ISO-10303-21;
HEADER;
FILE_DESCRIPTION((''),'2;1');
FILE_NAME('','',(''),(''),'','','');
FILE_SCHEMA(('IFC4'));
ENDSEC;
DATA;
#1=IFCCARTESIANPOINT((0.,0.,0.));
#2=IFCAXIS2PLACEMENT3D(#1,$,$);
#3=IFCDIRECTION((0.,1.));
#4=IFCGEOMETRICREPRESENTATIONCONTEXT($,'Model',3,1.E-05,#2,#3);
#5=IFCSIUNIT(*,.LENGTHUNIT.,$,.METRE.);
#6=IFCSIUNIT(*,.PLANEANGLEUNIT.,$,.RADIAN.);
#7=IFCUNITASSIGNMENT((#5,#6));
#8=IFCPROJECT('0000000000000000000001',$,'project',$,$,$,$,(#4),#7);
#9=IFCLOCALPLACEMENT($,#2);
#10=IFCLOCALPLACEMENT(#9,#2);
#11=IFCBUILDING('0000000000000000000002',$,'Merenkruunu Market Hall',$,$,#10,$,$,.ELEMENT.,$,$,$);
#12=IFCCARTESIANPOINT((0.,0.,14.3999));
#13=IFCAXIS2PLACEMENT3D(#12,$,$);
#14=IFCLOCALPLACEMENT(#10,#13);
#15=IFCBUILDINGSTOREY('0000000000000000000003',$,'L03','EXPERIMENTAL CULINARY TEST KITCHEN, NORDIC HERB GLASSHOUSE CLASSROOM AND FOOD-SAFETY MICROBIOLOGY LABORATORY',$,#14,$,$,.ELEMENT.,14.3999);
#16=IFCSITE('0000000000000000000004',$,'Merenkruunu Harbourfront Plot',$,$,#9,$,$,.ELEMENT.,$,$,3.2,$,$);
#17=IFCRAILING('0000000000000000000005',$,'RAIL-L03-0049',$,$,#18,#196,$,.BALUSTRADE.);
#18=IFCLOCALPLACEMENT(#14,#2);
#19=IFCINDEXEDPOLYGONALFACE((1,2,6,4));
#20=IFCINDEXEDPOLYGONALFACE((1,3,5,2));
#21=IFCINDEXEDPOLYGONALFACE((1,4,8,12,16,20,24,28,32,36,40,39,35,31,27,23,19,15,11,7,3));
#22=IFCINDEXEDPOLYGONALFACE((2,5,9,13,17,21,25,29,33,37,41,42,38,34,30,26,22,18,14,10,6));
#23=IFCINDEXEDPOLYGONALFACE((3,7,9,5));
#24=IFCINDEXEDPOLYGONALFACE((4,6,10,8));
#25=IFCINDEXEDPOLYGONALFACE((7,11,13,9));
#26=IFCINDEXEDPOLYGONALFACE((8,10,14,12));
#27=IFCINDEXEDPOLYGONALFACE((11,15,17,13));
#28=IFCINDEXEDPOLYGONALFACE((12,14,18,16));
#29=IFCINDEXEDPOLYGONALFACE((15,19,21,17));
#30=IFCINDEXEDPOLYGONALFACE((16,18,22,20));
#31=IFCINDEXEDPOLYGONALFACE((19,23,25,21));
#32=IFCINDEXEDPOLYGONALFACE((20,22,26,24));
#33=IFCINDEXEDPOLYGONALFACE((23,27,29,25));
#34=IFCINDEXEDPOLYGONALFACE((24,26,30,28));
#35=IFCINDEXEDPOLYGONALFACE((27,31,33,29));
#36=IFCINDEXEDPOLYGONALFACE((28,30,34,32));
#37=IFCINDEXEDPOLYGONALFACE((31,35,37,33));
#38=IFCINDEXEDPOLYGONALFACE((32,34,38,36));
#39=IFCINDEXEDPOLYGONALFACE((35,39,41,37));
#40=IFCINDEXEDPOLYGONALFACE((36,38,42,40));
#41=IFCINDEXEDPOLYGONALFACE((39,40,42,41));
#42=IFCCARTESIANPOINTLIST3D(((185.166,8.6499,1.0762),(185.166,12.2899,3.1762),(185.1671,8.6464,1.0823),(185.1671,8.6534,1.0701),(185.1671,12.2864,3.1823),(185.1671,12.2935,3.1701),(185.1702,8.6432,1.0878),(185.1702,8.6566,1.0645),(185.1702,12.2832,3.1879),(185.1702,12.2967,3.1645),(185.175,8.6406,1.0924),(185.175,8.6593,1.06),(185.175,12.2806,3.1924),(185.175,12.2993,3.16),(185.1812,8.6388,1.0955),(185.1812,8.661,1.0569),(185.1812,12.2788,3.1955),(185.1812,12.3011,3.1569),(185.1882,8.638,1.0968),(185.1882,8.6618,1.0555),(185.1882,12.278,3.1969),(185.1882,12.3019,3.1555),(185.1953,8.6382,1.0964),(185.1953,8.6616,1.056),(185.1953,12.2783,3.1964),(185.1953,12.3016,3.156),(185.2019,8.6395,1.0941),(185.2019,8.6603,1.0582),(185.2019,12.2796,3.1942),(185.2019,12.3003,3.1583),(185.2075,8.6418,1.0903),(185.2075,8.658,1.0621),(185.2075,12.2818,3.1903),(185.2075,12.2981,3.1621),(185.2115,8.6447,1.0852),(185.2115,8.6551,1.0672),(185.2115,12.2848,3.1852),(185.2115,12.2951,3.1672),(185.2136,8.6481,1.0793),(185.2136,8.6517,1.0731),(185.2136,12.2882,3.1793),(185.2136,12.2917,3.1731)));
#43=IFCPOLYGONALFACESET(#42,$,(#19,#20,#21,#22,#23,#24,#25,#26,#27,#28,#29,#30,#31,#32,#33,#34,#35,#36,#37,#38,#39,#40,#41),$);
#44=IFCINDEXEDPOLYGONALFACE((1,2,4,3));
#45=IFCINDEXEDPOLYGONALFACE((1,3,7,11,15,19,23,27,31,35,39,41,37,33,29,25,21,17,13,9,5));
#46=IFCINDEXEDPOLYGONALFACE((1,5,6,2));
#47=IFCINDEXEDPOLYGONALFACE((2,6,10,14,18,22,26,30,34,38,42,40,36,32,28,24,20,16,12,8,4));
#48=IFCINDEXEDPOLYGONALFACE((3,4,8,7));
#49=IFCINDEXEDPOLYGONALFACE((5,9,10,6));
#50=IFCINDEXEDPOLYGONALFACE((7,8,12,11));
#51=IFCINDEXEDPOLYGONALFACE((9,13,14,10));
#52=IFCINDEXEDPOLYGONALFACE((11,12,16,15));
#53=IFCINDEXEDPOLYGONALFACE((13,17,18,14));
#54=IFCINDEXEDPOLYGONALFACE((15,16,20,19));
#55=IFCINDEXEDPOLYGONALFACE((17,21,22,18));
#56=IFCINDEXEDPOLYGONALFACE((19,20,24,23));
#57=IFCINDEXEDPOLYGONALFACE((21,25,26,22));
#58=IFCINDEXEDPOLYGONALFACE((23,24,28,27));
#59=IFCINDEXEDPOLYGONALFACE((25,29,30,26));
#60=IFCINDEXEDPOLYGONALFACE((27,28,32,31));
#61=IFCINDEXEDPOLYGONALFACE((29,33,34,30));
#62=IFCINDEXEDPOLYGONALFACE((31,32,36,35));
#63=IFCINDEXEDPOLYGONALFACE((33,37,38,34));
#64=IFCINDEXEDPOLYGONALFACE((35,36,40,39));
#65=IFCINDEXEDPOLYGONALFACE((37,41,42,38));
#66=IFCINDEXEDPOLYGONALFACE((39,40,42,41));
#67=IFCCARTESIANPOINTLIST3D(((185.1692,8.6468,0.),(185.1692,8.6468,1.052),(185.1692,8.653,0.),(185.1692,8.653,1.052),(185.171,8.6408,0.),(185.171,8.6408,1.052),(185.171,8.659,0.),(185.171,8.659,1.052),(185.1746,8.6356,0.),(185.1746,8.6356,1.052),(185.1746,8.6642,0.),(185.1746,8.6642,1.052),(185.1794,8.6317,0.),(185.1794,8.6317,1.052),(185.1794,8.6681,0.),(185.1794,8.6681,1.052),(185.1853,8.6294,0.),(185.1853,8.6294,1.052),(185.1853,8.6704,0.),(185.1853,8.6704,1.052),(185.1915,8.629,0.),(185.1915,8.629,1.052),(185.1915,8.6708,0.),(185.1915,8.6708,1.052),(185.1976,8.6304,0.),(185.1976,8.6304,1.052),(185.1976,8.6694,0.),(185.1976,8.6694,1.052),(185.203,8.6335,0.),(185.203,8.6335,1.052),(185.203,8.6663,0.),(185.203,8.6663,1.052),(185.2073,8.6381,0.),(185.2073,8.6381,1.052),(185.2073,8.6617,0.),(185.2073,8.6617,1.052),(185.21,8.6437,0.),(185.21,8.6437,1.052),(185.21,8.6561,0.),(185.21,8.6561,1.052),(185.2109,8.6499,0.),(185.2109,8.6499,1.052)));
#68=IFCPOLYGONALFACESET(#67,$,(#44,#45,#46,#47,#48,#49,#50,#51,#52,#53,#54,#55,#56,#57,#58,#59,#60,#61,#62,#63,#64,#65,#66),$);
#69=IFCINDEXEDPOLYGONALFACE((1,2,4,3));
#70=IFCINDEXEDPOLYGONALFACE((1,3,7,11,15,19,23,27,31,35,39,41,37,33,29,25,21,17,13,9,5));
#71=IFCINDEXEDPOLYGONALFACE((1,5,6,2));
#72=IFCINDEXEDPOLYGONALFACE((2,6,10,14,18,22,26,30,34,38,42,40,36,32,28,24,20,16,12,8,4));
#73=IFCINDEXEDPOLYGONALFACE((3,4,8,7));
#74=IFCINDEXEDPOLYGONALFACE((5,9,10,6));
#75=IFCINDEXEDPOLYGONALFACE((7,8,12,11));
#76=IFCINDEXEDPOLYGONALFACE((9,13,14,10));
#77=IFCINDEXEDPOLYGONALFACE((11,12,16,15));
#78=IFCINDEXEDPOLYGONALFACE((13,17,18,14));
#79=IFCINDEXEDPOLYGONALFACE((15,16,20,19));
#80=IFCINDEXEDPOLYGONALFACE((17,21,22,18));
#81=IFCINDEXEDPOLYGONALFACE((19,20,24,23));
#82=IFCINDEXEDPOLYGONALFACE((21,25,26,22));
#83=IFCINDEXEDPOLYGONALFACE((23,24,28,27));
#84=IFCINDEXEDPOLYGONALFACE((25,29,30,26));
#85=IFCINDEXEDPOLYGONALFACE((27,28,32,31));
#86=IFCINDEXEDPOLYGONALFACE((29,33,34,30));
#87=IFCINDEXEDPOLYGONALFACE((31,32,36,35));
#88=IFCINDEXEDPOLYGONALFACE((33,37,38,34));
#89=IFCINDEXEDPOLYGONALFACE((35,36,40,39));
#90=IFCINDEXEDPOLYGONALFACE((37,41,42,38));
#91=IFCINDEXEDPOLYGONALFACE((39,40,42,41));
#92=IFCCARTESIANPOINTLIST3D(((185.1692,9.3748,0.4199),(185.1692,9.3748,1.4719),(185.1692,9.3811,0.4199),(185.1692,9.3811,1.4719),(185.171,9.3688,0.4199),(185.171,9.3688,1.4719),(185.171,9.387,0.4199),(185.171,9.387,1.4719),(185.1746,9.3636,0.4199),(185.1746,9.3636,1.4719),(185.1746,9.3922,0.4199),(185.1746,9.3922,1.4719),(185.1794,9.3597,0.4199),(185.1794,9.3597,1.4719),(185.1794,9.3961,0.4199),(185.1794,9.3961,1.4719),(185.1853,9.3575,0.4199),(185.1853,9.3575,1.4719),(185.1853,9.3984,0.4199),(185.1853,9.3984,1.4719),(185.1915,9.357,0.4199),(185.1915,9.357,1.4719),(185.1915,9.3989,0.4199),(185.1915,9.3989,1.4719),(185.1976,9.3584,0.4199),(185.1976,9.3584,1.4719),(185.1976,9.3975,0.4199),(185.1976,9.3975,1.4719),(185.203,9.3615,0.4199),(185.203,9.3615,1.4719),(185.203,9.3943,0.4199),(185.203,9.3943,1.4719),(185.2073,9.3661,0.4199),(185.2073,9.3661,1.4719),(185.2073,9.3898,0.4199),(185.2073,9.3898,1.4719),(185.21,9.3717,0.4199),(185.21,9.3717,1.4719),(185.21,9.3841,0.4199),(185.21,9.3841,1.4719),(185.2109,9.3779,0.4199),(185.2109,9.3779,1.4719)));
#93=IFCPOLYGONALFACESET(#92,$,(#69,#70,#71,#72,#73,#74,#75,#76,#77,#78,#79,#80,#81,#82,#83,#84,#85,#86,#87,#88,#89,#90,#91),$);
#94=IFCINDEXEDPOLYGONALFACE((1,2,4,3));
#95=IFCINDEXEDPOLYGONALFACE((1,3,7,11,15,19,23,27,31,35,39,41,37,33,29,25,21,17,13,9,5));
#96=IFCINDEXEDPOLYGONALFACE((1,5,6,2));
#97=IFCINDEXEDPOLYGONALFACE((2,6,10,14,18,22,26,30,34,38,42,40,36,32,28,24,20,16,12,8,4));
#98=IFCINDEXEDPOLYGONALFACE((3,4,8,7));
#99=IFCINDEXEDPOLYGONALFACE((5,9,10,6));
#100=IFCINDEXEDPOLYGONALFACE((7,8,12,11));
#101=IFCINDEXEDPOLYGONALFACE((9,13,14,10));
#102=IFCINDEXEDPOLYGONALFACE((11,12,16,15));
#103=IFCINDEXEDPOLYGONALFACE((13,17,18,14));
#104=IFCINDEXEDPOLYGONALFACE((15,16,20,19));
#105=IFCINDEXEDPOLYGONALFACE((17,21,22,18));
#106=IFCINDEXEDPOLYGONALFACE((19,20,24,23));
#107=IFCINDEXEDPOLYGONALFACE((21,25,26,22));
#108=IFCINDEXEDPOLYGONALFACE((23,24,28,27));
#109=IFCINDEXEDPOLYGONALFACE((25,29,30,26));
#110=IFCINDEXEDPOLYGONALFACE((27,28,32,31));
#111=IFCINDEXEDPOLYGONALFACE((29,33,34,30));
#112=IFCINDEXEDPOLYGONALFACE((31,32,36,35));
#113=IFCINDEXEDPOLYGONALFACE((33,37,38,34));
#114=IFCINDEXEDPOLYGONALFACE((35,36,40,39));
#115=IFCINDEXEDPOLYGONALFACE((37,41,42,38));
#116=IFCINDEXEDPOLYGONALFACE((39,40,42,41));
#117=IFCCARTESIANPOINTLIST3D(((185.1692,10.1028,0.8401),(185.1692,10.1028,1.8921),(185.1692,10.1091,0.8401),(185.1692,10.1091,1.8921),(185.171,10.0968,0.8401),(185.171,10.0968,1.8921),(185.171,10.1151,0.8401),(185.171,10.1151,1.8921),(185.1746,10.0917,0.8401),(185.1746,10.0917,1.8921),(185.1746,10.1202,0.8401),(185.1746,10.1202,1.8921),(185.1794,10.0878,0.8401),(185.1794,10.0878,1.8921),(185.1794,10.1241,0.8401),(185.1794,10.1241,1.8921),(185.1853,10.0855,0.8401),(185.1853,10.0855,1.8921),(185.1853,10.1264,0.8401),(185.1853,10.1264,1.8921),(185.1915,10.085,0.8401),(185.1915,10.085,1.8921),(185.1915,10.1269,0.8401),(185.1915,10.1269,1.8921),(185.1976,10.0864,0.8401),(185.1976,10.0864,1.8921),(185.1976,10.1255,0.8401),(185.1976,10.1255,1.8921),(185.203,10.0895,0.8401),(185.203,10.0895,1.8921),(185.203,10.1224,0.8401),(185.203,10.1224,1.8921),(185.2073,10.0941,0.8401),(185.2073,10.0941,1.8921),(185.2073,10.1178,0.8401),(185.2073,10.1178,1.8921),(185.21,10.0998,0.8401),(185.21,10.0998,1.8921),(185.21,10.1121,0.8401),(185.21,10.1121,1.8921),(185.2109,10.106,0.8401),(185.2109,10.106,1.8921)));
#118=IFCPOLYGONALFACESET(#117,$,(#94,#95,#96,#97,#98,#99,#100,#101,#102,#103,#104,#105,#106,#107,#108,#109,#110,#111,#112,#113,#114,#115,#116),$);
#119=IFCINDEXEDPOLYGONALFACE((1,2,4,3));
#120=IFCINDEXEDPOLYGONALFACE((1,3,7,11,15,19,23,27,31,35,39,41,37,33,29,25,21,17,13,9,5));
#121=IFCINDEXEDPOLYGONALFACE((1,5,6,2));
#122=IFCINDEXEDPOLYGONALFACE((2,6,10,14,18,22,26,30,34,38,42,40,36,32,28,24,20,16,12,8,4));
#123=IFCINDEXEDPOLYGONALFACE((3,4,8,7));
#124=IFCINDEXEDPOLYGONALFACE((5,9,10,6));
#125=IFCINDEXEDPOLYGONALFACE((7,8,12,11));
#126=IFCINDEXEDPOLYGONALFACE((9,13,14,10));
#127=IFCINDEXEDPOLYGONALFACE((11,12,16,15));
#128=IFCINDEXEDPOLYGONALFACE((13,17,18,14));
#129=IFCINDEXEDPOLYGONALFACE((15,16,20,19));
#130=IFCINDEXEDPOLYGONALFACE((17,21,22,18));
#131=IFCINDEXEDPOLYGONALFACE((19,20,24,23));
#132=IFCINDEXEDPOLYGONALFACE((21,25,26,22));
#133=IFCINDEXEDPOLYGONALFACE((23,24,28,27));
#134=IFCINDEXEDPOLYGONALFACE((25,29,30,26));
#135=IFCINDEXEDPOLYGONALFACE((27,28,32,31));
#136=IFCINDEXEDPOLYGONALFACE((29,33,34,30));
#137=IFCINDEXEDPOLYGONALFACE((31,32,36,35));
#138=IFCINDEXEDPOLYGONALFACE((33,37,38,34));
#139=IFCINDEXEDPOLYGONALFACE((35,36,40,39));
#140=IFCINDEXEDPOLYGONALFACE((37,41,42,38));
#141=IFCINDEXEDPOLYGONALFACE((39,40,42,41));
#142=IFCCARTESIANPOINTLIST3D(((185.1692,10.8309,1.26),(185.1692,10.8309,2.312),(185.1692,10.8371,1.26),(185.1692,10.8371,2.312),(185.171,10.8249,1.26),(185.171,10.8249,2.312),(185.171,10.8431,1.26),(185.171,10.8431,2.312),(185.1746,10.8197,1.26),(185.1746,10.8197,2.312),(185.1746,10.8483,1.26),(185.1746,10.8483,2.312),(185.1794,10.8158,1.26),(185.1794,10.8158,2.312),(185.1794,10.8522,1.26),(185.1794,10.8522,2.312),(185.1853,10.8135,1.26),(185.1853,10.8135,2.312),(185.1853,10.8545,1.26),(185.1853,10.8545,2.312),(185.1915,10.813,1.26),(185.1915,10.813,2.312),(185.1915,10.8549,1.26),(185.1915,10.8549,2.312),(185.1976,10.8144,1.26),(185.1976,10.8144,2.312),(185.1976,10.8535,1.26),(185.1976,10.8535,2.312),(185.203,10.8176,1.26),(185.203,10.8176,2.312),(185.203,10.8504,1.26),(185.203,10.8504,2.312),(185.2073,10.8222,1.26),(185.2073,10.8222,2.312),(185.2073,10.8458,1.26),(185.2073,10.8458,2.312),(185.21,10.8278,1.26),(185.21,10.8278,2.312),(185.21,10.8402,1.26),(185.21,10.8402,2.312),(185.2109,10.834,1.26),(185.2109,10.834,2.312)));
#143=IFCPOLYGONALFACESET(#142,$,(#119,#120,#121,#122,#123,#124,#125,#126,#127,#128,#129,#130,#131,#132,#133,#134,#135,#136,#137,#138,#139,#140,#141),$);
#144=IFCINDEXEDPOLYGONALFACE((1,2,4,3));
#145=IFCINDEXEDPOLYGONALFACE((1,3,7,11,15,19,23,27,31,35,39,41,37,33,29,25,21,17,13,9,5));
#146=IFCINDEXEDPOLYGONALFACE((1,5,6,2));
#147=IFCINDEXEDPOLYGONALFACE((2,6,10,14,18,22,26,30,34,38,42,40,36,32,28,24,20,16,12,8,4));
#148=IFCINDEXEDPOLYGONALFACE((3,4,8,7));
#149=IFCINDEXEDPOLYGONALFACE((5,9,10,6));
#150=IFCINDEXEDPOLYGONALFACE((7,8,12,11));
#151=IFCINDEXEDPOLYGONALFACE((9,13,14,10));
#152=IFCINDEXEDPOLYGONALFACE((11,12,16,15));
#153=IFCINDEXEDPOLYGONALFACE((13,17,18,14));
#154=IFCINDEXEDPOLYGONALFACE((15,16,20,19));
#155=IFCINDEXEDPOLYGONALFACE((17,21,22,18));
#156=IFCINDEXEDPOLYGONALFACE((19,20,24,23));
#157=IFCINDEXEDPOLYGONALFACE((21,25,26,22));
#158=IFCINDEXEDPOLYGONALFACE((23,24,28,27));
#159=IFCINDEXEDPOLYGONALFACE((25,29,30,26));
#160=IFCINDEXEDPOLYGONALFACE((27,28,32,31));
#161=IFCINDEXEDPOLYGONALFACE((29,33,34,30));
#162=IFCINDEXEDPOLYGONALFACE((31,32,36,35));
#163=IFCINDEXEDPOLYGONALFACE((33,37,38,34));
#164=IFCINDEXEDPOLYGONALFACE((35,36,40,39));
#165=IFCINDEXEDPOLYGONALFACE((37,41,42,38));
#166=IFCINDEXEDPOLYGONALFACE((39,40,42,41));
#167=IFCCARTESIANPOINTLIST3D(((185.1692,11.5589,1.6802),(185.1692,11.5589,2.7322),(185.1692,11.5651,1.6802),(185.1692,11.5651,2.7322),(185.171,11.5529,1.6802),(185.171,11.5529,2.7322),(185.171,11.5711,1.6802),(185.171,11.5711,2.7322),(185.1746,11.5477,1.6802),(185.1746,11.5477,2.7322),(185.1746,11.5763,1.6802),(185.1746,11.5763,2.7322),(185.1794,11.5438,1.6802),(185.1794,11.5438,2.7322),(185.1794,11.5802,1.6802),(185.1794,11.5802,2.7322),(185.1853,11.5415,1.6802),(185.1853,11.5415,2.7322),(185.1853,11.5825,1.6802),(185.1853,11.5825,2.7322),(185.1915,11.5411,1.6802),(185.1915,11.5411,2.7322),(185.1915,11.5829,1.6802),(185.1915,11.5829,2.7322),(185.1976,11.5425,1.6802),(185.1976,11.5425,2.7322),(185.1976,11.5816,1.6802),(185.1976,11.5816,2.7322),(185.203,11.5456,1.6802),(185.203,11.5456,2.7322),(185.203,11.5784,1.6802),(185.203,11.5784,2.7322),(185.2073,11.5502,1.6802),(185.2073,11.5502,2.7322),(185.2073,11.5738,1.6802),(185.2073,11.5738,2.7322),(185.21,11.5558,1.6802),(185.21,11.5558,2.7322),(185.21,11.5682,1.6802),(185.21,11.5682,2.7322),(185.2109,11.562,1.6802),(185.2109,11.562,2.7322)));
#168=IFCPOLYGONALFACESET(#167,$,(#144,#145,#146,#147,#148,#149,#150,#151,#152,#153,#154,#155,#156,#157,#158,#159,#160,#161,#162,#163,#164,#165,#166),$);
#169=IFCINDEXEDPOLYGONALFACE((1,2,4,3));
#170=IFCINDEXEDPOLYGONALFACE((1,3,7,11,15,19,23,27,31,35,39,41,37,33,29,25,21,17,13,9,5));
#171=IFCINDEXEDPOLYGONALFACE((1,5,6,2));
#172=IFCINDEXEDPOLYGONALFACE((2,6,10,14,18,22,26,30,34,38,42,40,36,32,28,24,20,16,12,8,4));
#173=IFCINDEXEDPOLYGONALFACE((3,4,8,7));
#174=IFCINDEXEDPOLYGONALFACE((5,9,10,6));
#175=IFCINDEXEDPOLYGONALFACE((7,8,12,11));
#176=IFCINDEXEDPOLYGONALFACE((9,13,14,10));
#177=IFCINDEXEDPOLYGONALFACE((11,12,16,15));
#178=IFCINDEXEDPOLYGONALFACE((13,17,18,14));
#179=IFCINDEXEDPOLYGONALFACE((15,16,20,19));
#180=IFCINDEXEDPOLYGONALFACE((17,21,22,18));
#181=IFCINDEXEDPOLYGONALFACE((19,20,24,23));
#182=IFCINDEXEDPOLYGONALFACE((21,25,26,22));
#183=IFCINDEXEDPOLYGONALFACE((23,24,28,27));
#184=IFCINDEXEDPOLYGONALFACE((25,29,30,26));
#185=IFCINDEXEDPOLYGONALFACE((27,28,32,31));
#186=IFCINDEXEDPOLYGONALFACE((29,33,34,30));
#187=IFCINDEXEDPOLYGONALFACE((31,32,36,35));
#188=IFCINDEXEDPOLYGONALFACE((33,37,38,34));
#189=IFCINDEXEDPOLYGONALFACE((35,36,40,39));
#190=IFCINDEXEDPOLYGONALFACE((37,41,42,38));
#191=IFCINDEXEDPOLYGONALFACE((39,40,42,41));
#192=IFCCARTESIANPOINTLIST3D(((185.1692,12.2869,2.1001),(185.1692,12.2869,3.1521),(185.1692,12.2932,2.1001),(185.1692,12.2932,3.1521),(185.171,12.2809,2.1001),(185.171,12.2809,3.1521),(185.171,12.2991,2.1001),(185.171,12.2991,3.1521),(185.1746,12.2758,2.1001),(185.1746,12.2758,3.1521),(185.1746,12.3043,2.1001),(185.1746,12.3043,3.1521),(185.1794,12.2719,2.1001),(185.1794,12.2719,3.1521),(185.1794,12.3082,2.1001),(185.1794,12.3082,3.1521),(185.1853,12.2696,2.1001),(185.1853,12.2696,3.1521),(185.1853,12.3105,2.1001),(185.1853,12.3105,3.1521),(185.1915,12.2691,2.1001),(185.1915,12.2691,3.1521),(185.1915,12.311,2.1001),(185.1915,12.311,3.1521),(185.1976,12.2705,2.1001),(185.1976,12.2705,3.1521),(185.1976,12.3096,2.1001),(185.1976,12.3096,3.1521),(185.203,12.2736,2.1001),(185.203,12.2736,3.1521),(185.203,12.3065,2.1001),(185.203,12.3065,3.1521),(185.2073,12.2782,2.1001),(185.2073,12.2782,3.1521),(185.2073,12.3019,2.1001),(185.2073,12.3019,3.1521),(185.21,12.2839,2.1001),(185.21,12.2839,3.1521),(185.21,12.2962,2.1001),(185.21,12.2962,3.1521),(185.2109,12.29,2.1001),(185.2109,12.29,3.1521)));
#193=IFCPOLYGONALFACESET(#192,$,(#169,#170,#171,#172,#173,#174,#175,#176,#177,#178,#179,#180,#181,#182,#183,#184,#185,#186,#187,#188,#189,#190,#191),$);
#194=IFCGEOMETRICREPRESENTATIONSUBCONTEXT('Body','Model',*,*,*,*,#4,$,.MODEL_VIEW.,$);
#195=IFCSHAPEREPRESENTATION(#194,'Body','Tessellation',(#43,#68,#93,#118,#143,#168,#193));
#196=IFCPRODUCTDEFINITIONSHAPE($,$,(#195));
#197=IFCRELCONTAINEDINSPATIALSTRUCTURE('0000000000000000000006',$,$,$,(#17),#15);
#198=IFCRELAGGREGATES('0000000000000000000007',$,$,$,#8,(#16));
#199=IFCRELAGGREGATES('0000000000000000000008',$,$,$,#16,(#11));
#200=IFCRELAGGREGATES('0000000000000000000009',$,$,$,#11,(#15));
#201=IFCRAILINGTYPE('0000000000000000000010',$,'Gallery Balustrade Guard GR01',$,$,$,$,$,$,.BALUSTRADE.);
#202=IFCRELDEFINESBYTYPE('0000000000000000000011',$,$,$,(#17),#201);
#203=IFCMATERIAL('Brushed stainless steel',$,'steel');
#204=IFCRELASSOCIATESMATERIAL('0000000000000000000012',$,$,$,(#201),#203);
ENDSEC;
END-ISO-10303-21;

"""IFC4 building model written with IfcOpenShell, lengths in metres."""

from ifc_helpers import new_model, si_unit, direction, frame, origin, origin_2d, place, context, subcontext, project, spatial, circle, extrude, material, type_object, element, save


model = new_model("IFC4")

# Units and contexts
model_context = context("Model", 3, precision=1e-05, world=origin(), true_north=direction((0.0, 1.0)))
body_context = subcontext(model_context, "Body", "Model", "MODEL_VIEW")
ifc_project = project(units=[si_unit("LENGTHUNIT", "METRE"), si_unit("PLANEANGLEUNIT", "RADIAN")], contexts=[model_context])

# Site, building, storey
site_placement = place(None, origin())
site = spatial("IfcSite", under=ifc_project, at=site_placement, Name="Merenkruunu Harbourfront Plot", CompositionType="ELEMENT", RefElevation=3.2)
building_placement = place(site_placement, origin())
building = spatial("IfcBuilding", under=site, at=building_placement, Name="Merenkruunu Market Hall", CompositionType="ELEMENT")
storey_placement = place(building_placement, frame((0.0, 0.0, 14.3999)))
storey = spatial("IfcBuildingStorey", under=building, at=storey_placement, Name="L03", Description="EXPERIMENTAL CULINARY TEST KITCHEN, NORDIC HERB GLASSHOUSE CLASSROOM AND FOOD-SAFETY MICROBIOLOGY LABORATORY", CompositionType="ELEMENT", Elevation=14.3999)

# Railing
ifc_material_1 = material(Name="Brushed stainless steel", Category="steel")
railing_type_1 = type_object("IfcRailingType", Name="Gallery Balustrade Guard GR01", PredefinedType="BALUSTRADE", material=ifc_material_1)
railing_1_placement = place(storey_placement, frame((185.1899, 8.6499, 0.0)))
element("IfcRailing", 1, at=railing_1_placement, inside=storey, type_object=railing_type_1, Name="RAIL-L03-0049", PredefinedType="BALUSTRADE", context=body_context, shape_type="SweptSolid", body=[
    extrude(circle(Radius=0.0239, at=origin_2d()), frame((0.0, 0.0, 1.0762), z_axis=(0.0, 0.866184, 0.499726), x_axis=(-1.0, 0.0, 0.0)), (0.0, 0.0, 1.0), 4.2024),
    extrude(circle(Radius=0.021, at=origin_2d()), origin(), (0.0, 0.0, 1.0), 1.052),
    extrude(circle(Radius=0.021, at=origin_2d()), frame((0.0, 0.728, 0.4199)), (0.0, 0.0, 1.0), 1.052),
    extrude(circle(Radius=0.021, at=origin_2d()), frame((0.0, 1.4561, 0.8401)), (0.0, 0.0, 1.0), 1.052),
    extrude(circle(Radius=0.021, at=origin_2d()), frame((0.0, 2.1841, 1.26)), (0.0, 0.0, 1.0), 1.052),
    extrude(circle(Radius=0.021, at=origin_2d()), frame((0.0, 2.9121, 1.6802)), (0.0, 0.0, 1.0), 1.052),
    extrude(circle(Radius=0.021, at=origin_2d()), frame((0.0, 3.6401, 2.1001)), (0.0, 0.0, 1.0), 1.052),
])

save(model, "model.ifc")
